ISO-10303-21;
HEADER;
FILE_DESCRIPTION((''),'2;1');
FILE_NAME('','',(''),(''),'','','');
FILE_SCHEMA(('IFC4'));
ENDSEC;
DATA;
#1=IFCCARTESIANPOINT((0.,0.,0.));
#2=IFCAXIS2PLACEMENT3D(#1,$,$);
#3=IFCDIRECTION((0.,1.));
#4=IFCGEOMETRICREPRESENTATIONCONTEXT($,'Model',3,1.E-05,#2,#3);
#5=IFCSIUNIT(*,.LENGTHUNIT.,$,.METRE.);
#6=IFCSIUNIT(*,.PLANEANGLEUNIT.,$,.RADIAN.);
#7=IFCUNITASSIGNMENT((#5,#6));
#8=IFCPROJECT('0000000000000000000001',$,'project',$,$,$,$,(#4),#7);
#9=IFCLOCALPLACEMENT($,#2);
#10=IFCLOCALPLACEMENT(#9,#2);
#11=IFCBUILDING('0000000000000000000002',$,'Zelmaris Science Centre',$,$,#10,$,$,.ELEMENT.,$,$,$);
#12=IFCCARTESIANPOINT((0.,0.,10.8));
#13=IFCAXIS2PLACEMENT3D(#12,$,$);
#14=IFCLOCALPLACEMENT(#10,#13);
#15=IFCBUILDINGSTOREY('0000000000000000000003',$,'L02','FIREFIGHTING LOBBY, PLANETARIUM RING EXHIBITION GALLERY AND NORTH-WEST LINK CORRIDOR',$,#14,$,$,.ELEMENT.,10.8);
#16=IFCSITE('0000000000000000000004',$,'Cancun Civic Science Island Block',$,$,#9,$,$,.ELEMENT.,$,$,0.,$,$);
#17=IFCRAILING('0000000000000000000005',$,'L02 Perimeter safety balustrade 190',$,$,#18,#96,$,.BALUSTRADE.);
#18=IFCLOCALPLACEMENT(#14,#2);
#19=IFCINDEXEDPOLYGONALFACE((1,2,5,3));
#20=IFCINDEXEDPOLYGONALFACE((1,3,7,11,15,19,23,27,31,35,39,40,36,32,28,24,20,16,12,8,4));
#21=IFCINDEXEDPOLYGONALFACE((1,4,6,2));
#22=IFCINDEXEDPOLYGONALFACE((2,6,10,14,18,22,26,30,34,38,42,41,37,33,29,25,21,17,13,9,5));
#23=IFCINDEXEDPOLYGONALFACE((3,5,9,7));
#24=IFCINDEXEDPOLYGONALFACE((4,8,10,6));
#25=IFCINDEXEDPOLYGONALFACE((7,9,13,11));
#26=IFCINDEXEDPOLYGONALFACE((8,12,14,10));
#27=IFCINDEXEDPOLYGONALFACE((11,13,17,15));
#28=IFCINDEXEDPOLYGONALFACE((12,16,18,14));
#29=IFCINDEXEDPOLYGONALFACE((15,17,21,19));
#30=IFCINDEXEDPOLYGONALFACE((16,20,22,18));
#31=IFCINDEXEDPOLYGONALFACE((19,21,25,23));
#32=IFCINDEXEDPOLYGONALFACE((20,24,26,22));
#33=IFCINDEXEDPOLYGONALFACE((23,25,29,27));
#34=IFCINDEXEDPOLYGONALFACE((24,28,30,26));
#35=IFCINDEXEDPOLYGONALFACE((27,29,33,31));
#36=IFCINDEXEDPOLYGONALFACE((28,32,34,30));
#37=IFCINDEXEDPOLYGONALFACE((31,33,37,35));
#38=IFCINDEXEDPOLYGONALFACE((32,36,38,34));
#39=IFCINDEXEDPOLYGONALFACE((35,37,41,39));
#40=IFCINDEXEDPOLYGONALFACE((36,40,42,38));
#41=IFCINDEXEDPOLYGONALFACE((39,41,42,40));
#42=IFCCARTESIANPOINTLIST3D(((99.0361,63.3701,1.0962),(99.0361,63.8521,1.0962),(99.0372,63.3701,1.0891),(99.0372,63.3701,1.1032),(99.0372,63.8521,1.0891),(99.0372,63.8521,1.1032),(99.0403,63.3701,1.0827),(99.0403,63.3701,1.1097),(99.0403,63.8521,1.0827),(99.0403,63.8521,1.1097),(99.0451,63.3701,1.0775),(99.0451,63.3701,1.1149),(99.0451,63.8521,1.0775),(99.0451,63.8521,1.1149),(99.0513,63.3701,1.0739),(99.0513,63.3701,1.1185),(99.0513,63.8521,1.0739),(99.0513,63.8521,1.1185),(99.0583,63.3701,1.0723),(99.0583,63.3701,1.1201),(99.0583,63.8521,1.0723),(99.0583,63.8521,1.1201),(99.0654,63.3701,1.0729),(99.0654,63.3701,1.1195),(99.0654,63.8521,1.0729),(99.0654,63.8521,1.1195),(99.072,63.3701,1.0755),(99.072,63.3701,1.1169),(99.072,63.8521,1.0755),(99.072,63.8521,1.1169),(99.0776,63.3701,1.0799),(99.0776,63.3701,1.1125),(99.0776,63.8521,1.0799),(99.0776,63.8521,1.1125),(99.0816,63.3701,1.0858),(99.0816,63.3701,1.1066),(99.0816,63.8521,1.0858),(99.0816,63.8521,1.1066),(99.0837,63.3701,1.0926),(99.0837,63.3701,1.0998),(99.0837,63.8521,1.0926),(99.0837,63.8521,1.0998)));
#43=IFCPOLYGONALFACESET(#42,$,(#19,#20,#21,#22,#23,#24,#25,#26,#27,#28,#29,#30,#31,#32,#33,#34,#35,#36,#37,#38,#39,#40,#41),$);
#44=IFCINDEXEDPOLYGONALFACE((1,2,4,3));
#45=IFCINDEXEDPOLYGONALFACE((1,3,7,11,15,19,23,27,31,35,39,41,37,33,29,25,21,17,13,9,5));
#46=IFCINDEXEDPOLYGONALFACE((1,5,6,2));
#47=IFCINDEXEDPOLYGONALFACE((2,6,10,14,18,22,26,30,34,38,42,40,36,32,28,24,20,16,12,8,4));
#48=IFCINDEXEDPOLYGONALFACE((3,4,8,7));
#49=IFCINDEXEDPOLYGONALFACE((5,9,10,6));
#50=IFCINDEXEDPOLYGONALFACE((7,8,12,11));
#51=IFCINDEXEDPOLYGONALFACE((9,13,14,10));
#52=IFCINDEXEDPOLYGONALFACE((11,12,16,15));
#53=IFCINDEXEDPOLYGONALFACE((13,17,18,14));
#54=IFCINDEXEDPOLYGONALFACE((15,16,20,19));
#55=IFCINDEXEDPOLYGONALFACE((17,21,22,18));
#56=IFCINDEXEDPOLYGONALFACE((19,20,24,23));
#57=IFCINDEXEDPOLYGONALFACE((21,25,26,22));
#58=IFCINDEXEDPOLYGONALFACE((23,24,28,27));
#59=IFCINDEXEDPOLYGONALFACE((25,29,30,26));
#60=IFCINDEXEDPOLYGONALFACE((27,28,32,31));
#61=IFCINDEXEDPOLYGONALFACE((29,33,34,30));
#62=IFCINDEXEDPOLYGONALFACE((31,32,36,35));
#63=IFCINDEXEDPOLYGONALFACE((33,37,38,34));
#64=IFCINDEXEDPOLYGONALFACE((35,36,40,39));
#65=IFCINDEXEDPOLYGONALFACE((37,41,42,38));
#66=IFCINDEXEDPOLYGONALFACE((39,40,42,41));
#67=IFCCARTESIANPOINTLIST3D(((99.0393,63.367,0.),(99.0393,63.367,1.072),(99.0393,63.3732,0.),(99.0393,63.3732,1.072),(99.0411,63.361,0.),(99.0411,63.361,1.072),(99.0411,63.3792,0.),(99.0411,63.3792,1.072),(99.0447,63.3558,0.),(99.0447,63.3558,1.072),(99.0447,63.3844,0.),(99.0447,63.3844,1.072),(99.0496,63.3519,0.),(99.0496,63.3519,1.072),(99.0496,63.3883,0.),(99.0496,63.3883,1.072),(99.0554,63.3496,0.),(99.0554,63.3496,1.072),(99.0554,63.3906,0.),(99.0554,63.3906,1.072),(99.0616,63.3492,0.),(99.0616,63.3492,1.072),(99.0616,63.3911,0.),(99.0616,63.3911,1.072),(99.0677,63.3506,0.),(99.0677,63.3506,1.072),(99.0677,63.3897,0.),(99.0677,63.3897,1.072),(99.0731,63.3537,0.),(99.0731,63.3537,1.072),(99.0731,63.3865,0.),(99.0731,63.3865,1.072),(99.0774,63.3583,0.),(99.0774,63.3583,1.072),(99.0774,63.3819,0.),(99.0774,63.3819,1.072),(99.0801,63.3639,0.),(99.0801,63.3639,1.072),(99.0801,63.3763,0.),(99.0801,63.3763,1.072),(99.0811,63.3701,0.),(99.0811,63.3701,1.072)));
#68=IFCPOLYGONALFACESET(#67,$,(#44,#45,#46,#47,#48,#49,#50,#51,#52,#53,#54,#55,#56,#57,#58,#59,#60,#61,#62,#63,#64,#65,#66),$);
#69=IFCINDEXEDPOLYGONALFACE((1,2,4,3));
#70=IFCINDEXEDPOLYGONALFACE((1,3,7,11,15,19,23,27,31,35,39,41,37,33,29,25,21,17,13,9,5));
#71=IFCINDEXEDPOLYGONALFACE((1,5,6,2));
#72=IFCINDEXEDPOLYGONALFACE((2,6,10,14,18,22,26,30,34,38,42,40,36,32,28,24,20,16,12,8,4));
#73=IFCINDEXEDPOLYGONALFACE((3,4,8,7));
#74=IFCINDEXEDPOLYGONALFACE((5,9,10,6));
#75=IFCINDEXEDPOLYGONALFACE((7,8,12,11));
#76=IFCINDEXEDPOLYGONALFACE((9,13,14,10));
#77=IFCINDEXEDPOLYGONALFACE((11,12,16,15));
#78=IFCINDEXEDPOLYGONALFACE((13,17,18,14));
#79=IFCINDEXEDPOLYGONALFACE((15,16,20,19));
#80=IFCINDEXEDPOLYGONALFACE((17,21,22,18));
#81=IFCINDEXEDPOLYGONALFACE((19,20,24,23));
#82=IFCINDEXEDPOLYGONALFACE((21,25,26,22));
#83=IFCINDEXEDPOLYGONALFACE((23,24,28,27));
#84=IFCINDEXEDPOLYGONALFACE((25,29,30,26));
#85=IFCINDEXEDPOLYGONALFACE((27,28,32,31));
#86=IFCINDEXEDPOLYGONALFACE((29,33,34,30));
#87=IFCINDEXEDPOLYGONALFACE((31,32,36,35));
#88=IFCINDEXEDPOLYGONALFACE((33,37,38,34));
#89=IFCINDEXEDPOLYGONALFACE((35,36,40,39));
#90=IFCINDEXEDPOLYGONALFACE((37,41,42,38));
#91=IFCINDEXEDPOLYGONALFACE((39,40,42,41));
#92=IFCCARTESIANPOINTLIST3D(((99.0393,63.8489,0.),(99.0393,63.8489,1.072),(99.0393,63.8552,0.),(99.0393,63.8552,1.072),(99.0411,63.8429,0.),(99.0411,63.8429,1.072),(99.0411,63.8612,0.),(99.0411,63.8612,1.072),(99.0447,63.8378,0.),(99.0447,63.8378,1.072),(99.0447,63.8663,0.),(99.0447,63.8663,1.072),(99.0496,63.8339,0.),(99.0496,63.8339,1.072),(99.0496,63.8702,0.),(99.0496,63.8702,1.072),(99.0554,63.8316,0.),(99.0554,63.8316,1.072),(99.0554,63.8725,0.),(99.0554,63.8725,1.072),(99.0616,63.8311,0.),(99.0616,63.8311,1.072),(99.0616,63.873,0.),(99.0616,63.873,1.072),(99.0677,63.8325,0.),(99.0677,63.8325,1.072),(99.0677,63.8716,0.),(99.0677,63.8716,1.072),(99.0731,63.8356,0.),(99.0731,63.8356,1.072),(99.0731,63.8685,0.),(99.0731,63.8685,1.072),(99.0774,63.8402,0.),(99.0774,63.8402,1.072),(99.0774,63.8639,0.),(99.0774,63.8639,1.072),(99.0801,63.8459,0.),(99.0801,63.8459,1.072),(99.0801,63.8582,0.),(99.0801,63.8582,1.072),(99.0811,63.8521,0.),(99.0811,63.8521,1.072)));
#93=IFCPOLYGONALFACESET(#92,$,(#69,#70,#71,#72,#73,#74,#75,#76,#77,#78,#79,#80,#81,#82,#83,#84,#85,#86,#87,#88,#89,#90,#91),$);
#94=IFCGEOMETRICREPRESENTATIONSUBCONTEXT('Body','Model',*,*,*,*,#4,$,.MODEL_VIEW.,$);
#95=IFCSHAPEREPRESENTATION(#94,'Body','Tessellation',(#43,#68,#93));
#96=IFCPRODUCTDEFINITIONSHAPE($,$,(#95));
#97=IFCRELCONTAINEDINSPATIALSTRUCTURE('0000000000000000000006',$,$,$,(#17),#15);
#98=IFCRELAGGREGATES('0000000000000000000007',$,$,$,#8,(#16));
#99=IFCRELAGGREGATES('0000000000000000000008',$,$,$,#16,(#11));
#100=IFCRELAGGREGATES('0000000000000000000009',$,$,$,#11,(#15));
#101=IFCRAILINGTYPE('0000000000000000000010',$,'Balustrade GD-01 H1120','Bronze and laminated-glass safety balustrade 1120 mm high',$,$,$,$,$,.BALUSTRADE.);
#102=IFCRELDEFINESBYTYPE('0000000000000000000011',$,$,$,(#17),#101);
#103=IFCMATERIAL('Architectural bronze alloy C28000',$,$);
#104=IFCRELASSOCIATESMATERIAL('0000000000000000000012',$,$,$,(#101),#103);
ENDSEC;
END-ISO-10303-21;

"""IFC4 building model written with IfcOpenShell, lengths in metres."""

from ifc_helpers import new_model, si_unit, direction, frame, origin, origin_2d, place, context, subcontext, project, spatial, circle, extrude, material, type_object, element, save


model = new_model("IFC4")

# Units and contexts
model_context = context("Model", 3, precision=1e-05, world=origin(), true_north=direction((0.0, 1.0)))
body_context = subcontext(model_context, "Body", "Model", "MODEL_VIEW")
ifc_project = project(units=[si_unit("LENGTHUNIT", "METRE"), si_unit("PLANEANGLEUNIT", "RADIAN")], contexts=[model_context])

# Site, building, storey
site_placement = place(None, origin())
site = spatial("IfcSite", under=ifc_project, at=site_placement, Name="Cancun Civic Science Island Block", CompositionType="ELEMENT", RefElevation=0.0)
building_placement = place(site_placement, origin())
building = spatial("IfcBuilding", under=site, at=building_placement, Name="Zelmaris Science Centre", CompositionType="ELEMENT")
storey_placement = place(building_placement, frame((0.0, 0.0, 10.8)))
storey = spatial("IfcBuildingStorey", under=building, at=storey_placement, Name="L02", Description="FIREFIGHTING LOBBY, PLANETARIUM RING EXHIBITION GALLERY AND NORTH-WEST LINK CORRIDOR", CompositionType="ELEMENT", Elevation=10.8)

# Railing
ifc_material_1 = material(Name="Architectural bronze alloy C28000")
railing_type = type_object("IfcRailingType", Name="Balustrade GD-01 H1120", Description="Bronze and laminated-glass safety balustrade 1120 mm high", PredefinedType="BALUSTRADE", material=ifc_material_1)
railing_1_placement = place(storey_placement, frame((99.0601, 63.3701, 0.0)))
element("IfcRailing", 1, at=railing_1_placement, inside=storey, type_object=railing_type, Name="L02 Perimeter safety balustrade 190", PredefinedType="BALUSTRADE", context=body_context, shape_type="SweptSolid", body=[
    extrude(circle(Radius=0.0239, at=origin_2d()), frame((0.0, 0.0, 1.0962), z_axis=(0.0, 1.0, 0.0), x_axis=(-1.0, 0.0, 0.0)), (0.0, 0.0, 1.0), 0.4819),
    extrude(circle(Radius=0.021, at=origin_2d()), origin(), (0.0, 0.0, 1.0), 1.072),
    extrude(circle(Radius=0.021, at=origin_2d()), frame((0.0, 0.4819, 0.0)), (0.0, 0.0, 1.0), 1.072),
])

save(model, "model.ifc")
